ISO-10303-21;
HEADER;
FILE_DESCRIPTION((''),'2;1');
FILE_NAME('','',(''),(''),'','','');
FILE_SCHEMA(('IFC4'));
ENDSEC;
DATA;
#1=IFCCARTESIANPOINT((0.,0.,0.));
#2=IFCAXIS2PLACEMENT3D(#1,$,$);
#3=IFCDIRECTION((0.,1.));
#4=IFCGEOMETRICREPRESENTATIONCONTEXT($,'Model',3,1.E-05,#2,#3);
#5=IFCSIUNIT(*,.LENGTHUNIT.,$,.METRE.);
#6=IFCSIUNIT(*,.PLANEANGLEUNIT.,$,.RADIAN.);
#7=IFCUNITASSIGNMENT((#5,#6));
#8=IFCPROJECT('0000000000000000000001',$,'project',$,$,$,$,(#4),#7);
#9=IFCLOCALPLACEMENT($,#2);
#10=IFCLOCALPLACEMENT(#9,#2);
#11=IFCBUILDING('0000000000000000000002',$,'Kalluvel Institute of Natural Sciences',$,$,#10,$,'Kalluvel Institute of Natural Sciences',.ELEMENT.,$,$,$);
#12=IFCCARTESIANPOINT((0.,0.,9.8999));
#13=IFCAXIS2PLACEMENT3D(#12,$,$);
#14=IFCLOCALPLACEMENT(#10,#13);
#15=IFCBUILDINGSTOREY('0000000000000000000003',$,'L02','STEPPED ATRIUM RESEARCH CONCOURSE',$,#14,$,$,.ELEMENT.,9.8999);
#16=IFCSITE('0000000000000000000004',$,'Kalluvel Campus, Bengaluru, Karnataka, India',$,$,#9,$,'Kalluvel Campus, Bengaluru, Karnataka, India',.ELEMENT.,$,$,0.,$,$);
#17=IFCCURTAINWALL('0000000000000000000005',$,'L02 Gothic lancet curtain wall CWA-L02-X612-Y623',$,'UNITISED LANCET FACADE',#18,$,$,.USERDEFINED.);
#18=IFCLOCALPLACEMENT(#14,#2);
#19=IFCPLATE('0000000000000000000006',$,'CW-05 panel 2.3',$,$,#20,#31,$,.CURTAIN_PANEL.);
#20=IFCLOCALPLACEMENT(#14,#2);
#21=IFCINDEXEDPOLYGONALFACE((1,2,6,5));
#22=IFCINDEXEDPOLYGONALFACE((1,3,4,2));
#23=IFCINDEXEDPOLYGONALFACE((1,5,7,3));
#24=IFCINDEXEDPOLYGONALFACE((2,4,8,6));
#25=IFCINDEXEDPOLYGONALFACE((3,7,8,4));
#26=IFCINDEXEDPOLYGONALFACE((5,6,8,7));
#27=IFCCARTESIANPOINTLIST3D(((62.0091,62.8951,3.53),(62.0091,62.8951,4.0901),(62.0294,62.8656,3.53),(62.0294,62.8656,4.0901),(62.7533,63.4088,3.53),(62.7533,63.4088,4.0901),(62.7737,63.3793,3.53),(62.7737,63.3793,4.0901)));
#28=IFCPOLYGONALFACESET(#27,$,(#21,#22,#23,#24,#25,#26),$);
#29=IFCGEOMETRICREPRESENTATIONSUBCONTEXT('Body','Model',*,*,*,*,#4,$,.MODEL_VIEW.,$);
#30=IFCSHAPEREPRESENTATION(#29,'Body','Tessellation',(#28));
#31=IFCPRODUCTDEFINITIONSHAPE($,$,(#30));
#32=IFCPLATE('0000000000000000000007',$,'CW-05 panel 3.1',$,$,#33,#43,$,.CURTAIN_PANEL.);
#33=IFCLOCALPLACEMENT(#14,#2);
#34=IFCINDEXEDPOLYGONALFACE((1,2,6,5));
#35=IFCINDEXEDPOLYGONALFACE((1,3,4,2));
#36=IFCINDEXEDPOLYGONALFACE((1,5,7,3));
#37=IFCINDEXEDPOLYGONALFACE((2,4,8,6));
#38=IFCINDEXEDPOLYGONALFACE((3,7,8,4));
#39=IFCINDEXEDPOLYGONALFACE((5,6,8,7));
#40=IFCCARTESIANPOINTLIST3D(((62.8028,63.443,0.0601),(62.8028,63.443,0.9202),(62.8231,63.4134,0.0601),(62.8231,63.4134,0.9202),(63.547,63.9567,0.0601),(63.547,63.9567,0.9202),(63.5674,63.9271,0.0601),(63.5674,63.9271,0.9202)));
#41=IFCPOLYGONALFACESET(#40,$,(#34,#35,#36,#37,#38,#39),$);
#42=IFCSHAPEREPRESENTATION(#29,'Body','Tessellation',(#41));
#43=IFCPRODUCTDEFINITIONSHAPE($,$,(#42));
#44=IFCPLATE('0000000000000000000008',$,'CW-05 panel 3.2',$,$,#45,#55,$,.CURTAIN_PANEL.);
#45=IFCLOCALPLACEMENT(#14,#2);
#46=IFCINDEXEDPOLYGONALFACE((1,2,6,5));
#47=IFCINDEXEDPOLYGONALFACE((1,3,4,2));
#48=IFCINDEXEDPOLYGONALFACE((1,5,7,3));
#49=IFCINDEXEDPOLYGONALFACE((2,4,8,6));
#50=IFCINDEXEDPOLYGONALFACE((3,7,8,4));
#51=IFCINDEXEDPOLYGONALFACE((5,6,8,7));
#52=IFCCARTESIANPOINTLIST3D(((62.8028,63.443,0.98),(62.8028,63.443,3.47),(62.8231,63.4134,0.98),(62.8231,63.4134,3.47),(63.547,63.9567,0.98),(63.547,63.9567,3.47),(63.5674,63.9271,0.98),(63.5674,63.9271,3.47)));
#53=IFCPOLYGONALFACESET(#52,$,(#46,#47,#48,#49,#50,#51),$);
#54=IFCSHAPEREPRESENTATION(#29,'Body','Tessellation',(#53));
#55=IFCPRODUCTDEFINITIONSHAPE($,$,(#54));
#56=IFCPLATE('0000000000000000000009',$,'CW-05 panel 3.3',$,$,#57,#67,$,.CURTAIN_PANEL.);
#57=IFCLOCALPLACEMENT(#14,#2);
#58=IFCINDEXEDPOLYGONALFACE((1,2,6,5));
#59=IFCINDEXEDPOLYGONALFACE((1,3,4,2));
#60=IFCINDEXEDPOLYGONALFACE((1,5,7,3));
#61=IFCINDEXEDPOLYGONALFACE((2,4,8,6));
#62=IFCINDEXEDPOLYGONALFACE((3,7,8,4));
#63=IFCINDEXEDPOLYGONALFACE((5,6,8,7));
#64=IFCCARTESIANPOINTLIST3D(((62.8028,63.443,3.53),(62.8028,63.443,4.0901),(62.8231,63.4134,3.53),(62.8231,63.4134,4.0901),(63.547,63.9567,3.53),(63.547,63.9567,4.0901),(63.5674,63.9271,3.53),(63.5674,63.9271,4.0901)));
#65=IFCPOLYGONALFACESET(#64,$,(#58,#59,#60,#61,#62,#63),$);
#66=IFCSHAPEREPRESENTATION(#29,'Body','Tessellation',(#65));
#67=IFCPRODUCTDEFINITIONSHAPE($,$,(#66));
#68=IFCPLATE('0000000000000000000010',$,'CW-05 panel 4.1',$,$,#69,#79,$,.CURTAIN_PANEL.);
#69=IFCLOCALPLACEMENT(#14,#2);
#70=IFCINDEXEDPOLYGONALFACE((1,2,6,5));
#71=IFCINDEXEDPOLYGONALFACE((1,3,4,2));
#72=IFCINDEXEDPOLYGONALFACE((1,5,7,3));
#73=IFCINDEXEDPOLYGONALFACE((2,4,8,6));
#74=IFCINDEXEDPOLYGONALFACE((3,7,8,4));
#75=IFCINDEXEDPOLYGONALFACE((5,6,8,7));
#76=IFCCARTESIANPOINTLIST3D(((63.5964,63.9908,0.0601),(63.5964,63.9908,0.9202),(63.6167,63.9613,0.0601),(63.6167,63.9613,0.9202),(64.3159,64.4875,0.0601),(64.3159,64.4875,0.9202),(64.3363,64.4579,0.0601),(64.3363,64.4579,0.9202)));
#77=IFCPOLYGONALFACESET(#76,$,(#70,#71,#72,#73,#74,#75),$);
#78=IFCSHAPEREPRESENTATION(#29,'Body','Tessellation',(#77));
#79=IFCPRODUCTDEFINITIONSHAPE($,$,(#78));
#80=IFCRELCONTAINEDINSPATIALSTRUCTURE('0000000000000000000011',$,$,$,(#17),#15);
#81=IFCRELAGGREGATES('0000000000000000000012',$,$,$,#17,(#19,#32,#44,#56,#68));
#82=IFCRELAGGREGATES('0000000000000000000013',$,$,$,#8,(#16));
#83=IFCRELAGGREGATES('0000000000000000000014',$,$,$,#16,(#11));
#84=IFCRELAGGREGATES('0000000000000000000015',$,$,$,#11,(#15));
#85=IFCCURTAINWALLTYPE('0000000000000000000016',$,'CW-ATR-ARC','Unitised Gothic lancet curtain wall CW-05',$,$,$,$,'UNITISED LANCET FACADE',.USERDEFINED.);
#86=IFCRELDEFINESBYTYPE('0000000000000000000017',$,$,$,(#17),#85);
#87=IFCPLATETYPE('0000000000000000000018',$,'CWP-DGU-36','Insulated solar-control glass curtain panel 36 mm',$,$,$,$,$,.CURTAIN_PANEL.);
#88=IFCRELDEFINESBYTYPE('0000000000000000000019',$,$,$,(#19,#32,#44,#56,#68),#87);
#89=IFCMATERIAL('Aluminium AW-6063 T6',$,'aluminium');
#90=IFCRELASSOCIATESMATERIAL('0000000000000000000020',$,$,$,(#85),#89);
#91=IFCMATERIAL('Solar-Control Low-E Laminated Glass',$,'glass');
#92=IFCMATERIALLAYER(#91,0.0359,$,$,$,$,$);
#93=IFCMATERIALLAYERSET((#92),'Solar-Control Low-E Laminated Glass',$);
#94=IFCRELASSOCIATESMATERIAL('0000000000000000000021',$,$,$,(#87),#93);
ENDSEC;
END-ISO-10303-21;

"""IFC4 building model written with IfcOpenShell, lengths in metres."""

from ifc_helpers import new_model, si_unit, direction, frame, origin, origin_2d, place, context, subcontext, project, spatial, rectangle, extrude, material, layer, layer_set, type_object, element, aggregate, save


model = new_model("IFC4")

# Units and contexts
model_context = context("Model", 3, precision=1e-05, world=origin(), true_north=direction((0.0, 1.0)))
body_context = subcontext(model_context, "Body", "Model", "MODEL_VIEW")
ifc_project = project(units=[si_unit("LENGTHUNIT", "METRE"), si_unit("PLANEANGLEUNIT", "RADIAN")], contexts=[model_context])

# Site, building, storey
site_placement = place(None, origin())
site = spatial("IfcSite", under=ifc_project, at=site_placement, Name="Kalluvel Campus, Bengaluru, Karnataka, India", LongName="Kalluvel Campus, Bengaluru, Karnataka, India", CompositionType="ELEMENT", RefElevation=0.0)
building_placement = place(site_placement, origin())
building = spatial("IfcBuilding", under=site, at=building_placement, Name="Kalluvel Institute of Natural Sciences", LongName="Kalluvel Institute of Natural Sciences", CompositionType="ELEMENT")
storey_placement = place(building_placement, frame((0.0, 0.0, 9.8999)))
storey = spatial("IfcBuildingStorey", under=building, at=storey_placement, Name="L02", Description="STEPPED ATRIUM RESEARCH CONCOURSE", CompositionType="ELEMENT", Elevation=9.8999)

# Curtain wall, plates
ifc_material_1 = material(Name="Aluminium AW-6063 T6", Category="aluminium")
curtain_wall_type = type_object("IfcCurtainWallType", Name="CW-ATR-ARC", Description="Unitised Gothic lancet curtain wall CW-05", ElementType="UNITISED LANCET FACADE", PredefinedType="USERDEFINED", material=ifc_material_1)
curtain_wall_placement = place(storey_placement, origin())
curtain_wall = element("IfcCurtainWall", 1, at=curtain_wall_placement, inside=storey, type_object=curtain_wall_type, Name="L02 Gothic lancet curtain wall CWA-L02-X612-Y623", ObjectType="UNITISED LANCET FACADE", PredefinedType="USERDEFINED")
ifc_material_2 = material(Name="Solar-Control Low-E Laminated Glass", Category="glass")
ifc_layer = layer(ifc_material_2, 0.0359)
ifc_layer_set = layer_set([ifc_layer], Name="Solar-Control Low-E Laminated Glass")
plate_type = type_object("IfcPlateType", Name="CWP-DGU-36", Description="Insulated solar-control glass curtain panel 36 mm", PredefinedType="CURTAIN_PANEL", material=ifc_layer_set)
plate_1_placement = place(storey_placement, frame((62.3914, 63.1372, 3.53), z_axis=(0.0, 0.0, 1.0), x_axis=(0.822988, 0.568058, 0.0)))
plate_1 = element("IfcPlate", 2, at=plate_1_placement, type_object=plate_type, Name="CW-05 panel 2.3", PredefinedType="CURTAIN_PANEL", context=body_context, shape_type="SweptSolid", body=[
    extrude(rectangle(XDim=0.9043, YDim=0.0359, at=origin_2d()), origin(), (0.0, 0.0, 1.0), 0.5601),
])
plate_2_placement = place(storey_placement, frame((63.1851, 63.6851, 0.0601), z_axis=(0.0, 0.0, 1.0), x_axis=(0.822988, 0.568058, 0.0)))
plate_2 = element("IfcPlate", 3, at=plate_2_placement, type_object=plate_type, Name="CW-05 panel 3.1", PredefinedType="CURTAIN_PANEL", context=body_context, shape_type="SweptSolid", body=[
    extrude(rectangle(XDim=0.9043, YDim=0.0359, at=origin_2d()), origin(), (0.0, 0.0, 1.0), 0.8601),
])
plate_3_placement = place(storey_placement, frame((63.1851, 63.6851, 0.98), z_axis=(0.0, 0.0, 1.0), x_axis=(0.822988, 0.568058, 0.0)))
plate_3 = element("IfcPlate", 4, at=plate_3_placement, type_object=plate_type, Name="CW-05 panel 3.2", PredefinedType="CURTAIN_PANEL", context=body_context, shape_type="SweptSolid", body=[
    extrude(rectangle(XDim=0.9043, YDim=0.0359, at=origin_2d()), origin(), (0.0, 0.0, 1.0), 2.49),
])
plate_4_placement = place(storey_placement, frame((63.1851, 63.6851, 3.53), z_axis=(0.0, 0.0, 1.0), x_axis=(0.822988, 0.568058, 0.0)))
plate_4 = element("IfcPlate", 5, at=plate_4_placement, type_object=plate_type, Name="CW-05 panel 3.3", PredefinedType="CURTAIN_PANEL", context=body_context, shape_type="SweptSolid", body=[
    extrude(rectangle(XDim=0.9043, YDim=0.0359, at=origin_2d()), origin(), (0.0, 0.0, 1.0), 0.5601),
])
plate_5_placement = place(storey_placement, frame((63.9663, 64.2244, 0.0601), z_axis=(0.0, 0.0, 1.0), x_axis=(0.822988, 0.568058, 0.0)))
plate_5 = element("IfcPlate", 6, at=plate_5_placement, type_object=plate_type, Name="CW-05 panel 4.1", PredefinedType="CURTAIN_PANEL", context=body_context, shape_type="SweptSolid", body=[
    extrude(rectangle(XDim=0.8743, YDim=0.0359, at=origin_2d()), origin(), (0.0, 0.0, 1.0), 0.8601),
])
aggregate(curtain_wall, [plate_1, plate_2, plate_3, plate_4, plate_5])

save(model, "model.ifc")
